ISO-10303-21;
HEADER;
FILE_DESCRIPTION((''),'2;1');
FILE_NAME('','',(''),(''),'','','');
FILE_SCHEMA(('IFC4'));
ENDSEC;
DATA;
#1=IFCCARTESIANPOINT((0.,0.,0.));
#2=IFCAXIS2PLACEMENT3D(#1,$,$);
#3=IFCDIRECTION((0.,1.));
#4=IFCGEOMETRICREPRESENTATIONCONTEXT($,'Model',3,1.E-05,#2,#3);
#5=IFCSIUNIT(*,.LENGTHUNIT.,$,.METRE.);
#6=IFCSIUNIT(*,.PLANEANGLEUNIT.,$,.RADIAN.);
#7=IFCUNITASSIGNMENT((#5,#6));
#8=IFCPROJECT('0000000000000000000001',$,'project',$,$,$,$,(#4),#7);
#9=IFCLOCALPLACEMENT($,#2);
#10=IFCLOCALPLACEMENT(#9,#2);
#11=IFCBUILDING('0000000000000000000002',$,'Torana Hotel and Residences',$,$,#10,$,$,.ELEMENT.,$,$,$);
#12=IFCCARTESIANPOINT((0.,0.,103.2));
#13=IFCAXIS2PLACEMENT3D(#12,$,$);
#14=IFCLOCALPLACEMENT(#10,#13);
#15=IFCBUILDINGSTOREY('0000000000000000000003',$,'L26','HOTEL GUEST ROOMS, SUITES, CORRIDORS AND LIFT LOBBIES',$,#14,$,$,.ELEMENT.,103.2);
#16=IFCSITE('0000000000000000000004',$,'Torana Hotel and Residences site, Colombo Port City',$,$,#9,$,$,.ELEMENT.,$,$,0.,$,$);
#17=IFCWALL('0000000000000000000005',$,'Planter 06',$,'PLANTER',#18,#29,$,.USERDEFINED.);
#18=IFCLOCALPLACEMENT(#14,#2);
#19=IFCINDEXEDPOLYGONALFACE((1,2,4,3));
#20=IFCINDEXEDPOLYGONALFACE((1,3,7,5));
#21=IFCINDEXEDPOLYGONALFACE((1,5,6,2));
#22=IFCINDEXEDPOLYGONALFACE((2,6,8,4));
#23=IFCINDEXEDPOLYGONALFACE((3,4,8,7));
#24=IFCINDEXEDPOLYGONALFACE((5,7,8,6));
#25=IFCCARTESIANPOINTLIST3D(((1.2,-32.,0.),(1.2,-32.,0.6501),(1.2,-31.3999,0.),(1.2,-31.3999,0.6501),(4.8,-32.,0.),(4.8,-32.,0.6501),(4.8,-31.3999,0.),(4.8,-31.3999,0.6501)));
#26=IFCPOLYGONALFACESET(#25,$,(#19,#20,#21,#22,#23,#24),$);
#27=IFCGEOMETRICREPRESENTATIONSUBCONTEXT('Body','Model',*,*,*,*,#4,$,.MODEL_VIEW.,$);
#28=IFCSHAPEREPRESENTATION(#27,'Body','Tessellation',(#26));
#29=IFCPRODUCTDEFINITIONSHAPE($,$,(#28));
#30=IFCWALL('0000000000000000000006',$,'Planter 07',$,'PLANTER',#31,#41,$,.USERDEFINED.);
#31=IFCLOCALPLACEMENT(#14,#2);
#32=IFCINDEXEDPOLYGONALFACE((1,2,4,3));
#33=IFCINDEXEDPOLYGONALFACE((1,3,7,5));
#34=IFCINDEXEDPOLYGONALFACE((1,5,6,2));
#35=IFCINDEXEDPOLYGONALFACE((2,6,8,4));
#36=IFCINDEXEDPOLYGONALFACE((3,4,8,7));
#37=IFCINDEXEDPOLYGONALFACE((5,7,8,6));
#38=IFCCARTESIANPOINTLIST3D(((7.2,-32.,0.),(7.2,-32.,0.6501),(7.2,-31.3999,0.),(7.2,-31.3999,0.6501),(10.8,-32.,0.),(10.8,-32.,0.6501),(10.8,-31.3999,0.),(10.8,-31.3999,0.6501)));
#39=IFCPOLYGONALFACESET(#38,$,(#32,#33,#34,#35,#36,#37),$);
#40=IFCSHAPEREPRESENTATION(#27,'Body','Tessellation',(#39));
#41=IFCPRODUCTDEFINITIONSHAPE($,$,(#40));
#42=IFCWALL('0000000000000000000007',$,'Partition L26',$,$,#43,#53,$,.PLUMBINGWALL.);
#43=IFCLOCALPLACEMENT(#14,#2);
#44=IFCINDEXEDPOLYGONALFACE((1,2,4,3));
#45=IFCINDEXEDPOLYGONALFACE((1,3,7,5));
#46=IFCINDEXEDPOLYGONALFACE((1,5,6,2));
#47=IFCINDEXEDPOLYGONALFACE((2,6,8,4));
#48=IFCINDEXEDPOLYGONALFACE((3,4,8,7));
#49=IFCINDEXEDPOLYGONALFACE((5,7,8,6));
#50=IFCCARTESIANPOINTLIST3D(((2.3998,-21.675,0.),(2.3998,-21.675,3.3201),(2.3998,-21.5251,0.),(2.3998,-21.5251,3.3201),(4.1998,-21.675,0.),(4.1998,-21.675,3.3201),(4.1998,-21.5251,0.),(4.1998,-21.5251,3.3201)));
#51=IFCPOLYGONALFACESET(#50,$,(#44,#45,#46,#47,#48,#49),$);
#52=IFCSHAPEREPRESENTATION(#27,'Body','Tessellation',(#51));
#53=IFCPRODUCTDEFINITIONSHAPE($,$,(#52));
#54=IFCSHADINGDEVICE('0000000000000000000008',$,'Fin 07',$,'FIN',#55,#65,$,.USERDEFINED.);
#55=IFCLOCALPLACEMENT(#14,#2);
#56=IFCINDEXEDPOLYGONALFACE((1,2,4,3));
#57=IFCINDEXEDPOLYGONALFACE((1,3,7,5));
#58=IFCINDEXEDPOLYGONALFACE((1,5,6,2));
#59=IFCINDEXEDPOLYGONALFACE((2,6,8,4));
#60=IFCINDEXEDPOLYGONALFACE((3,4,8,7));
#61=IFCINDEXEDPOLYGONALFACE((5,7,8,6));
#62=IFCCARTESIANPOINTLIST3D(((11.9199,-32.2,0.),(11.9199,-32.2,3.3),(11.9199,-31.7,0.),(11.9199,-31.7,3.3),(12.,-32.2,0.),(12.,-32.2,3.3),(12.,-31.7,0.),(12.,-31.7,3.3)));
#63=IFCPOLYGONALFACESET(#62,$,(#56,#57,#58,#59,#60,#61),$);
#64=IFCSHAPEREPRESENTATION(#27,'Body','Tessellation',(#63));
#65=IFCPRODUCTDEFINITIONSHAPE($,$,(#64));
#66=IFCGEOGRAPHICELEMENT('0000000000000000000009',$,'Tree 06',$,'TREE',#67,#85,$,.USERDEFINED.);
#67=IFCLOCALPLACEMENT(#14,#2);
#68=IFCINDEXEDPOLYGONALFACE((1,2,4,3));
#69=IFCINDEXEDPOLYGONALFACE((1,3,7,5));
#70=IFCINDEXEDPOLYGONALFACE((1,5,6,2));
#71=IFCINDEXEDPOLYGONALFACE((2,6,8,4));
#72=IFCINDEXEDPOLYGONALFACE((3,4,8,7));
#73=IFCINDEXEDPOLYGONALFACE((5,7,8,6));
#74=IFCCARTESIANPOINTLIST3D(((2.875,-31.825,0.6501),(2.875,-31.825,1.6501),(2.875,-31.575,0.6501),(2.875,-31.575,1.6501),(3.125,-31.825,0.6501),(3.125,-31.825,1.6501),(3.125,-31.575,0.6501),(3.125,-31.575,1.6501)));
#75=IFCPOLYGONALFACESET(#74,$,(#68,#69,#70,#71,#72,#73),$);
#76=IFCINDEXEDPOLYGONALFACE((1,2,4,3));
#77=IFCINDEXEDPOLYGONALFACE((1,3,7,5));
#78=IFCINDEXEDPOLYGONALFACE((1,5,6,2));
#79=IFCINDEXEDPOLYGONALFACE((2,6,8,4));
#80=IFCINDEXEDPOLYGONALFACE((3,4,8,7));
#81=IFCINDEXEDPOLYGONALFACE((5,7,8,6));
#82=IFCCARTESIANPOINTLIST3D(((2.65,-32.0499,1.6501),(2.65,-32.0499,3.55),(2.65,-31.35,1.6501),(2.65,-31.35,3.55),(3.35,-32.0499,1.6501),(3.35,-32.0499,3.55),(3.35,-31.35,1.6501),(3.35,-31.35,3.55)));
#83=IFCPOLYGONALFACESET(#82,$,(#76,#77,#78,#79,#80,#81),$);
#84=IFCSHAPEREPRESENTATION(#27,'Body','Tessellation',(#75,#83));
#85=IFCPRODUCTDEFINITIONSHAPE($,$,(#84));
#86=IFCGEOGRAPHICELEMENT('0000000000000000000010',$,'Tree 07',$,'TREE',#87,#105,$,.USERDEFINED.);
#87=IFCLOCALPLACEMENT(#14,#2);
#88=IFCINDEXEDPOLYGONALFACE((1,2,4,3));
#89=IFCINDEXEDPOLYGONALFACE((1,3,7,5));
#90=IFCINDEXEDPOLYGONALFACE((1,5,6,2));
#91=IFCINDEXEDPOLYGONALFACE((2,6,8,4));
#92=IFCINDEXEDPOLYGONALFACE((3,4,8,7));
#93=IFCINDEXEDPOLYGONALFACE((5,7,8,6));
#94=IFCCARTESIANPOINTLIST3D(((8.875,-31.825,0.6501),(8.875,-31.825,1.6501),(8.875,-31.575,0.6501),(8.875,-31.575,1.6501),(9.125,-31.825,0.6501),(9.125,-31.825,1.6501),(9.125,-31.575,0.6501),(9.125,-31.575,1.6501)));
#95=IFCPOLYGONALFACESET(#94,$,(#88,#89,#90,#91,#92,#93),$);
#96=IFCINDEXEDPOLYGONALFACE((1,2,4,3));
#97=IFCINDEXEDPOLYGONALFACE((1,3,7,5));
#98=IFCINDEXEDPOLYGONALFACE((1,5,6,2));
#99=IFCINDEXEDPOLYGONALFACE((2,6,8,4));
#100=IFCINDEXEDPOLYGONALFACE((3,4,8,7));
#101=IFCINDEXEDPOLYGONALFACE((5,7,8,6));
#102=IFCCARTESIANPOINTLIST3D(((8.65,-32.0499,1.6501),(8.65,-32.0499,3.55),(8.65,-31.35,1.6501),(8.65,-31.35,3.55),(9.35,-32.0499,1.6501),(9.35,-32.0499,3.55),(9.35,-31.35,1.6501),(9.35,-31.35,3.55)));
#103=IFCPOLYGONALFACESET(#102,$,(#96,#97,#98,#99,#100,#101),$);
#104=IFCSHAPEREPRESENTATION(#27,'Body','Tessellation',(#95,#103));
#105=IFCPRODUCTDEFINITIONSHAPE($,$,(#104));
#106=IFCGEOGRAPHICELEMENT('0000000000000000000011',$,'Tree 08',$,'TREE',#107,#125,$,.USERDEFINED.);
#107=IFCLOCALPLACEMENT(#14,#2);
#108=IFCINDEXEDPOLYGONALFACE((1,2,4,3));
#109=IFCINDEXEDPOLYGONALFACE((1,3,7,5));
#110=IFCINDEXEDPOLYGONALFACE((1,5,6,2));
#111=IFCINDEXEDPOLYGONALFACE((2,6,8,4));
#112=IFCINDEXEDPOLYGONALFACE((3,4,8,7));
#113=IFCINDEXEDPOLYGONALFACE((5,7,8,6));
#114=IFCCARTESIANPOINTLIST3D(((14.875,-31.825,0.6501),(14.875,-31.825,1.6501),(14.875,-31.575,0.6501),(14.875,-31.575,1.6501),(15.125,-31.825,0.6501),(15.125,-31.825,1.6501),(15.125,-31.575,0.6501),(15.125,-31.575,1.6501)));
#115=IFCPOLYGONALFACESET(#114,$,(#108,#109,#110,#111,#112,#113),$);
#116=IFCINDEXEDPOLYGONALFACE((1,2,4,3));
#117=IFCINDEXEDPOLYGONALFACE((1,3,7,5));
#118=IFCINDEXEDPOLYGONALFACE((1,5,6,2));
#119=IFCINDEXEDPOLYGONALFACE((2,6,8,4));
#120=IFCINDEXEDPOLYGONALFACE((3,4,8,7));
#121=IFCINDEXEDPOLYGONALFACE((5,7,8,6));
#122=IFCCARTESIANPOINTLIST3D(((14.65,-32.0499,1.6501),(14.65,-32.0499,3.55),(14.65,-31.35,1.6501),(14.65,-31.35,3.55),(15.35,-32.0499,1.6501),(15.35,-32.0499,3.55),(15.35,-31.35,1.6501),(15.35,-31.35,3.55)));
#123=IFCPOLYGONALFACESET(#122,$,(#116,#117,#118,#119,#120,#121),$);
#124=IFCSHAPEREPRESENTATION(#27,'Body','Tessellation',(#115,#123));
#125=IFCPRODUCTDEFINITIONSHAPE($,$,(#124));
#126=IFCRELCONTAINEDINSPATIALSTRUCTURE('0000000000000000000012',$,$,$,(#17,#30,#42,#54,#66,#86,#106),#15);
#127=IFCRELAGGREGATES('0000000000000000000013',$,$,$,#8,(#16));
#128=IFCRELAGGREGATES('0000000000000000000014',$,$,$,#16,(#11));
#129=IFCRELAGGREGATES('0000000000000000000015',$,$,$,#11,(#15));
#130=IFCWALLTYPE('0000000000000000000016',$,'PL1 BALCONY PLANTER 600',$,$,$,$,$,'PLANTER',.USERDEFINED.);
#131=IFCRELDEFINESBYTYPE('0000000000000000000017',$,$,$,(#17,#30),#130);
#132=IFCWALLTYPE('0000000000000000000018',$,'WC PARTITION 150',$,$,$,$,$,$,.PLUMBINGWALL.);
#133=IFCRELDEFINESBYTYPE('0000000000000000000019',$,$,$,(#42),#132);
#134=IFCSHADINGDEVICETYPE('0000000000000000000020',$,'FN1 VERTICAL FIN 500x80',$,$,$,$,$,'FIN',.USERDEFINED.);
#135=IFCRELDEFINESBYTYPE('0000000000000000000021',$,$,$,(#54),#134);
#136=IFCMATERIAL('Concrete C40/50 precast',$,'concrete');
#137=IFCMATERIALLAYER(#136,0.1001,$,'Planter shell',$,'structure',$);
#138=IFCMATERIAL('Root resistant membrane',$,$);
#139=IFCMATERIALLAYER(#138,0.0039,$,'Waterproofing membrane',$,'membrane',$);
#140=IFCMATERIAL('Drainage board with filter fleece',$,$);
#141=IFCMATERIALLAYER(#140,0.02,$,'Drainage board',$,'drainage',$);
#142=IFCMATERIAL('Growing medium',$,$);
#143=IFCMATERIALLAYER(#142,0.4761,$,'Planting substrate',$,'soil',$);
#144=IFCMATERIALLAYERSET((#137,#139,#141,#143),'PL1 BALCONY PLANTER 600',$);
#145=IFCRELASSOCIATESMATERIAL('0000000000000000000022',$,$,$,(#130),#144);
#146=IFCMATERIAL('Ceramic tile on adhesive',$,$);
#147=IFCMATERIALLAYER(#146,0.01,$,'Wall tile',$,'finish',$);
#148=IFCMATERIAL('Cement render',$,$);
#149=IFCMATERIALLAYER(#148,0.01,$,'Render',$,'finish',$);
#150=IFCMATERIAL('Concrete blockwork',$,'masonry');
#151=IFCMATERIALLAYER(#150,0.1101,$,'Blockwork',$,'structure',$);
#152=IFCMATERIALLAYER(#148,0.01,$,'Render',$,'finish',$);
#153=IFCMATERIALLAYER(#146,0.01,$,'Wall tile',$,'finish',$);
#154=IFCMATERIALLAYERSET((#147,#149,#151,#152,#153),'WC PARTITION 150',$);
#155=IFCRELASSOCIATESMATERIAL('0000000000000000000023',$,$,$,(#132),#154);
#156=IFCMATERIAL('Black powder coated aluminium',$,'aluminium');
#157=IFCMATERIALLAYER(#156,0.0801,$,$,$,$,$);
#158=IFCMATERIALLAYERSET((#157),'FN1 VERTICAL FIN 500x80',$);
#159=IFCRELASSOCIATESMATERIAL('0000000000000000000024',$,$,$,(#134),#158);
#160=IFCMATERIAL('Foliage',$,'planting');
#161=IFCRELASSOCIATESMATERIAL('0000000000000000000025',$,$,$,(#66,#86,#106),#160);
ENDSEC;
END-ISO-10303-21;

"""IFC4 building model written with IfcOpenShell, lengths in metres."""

from ifc_helpers import new_model, si_unit, direction, frame, frame_2d, origin, origin_2d, place, context, subcontext, project, spatial, rectangle, extrude, material, layer, layer_set, type_object, element, save


model = new_model("IFC4")

# Units and contexts
model_context = context("Model", 3, precision=1e-05, world=origin(), true_north=direction((0.0, 1.0)))
body_context = subcontext(model_context, "Body", "Model", "MODEL_VIEW")
ifc_project = project(units=[si_unit("LENGTHUNIT", "METRE"), si_unit("PLANEANGLEUNIT", "RADIAN")], contexts=[model_context])

# Site, building, storey
site_placement = place(None, origin())
site = spatial("IfcSite", under=ifc_project, at=site_placement, Name="Torana Hotel and Residences site, Colombo Port City", CompositionType="ELEMENT", RefElevation=0.0)
building_placement = place(site_placement, origin())
building = spatial("IfcBuilding", under=site, at=building_placement, Name="Torana Hotel and Residences", CompositionType="ELEMENT")
storey_placement = place(building_placement, frame((0.0, 0.0, 103.2)))
storey = spatial("IfcBuildingStorey", under=building, at=storey_placement, Name="L26", Description="HOTEL GUEST ROOMS, SUITES, CORRIDORS AND LIFT LOBBIES", CompositionType="ELEMENT", Elevation=103.2)

# Shared definitions
ifc_material_1 = material(Name="Concrete blockwork", Category="masonry")

# Walls
ifc_material_2 = material(Name="Concrete C40/50 precast", Category="concrete")
ifc_layer_1 = layer(ifc_material_2, 0.1001, Name="Planter shell", Category="structure")
ifc_material_3 = material(Name="Root resistant membrane")
ifc_layer_2 = layer(ifc_material_3, 0.0039, Name="Waterproofing membrane", Category="membrane")
ifc_material_4 = material(Name="Drainage board with filter fleece")
ifc_layer_3 = layer(ifc_material_4, 0.02, Name="Drainage board", Category="drainage")
ifc_material_5 = material(Name="Growing medium")
ifc_layer_4 = layer(ifc_material_5, 0.4761, Name="Planting substrate", Category="soil")
ifc_layer_set_1 = layer_set([ifc_layer_1, ifc_layer_2, ifc_layer_3, ifc_layer_4], Name="PL1 BALCONY PLANTER 600")
wall_type_1 = type_object("IfcWallType", Name="PL1 BALCONY PLANTER 600", ElementType="PLANTER", PredefinedType="USERDEFINED", material=ifc_layer_set_1)
for number, where, z_axis, x_axis, name in (
    (1, (4.8, -31.7, 0.0), (0.0, 0.0, 1.0), (-1.0, 0.0, 0.0), "Planter 06"),
    (2, (10.8, -31.7, 0.0), (0.0, 0.0, 1.0), (-1.0, 0.0, 0.0), "Planter 07"),
):
    element("IfcWall", number, at=place(storey_placement, frame(where, z_axis=z_axis, x_axis=x_axis)), inside=storey, type_object=wall_type_1, Name=name, ObjectType="PLANTER", PredefinedType="USERDEFINED", context=body_context, shape_type="SweptSolid", body=[
        extrude(rectangle(XDim=3.6001, YDim=0.6001, at=frame_2d((1.8, 0.0))), origin(), (0.0, 0.0, 1.0), 0.6501),
    ])
ifc_material_6 = material(Name="Ceramic tile on adhesive")
ifc_layer_5 = layer(ifc_material_6, 0.01, Name="Wall tile", Category="finish")
ifc_material_7 = material(Name="Cement render")
ifc_layer_6 = layer(ifc_material_7, 0.01, Name="Render", Category="finish")
ifc_layer_7 = layer(ifc_material_1, 0.1101, Name="Blockwork", Category="structure")
ifc_layer_8 = layer(ifc_material_7, 0.01, Name="Render", Category="finish")
ifc_layer_9 = layer(ifc_material_6, 0.01, Name="Wall tile", Category="finish")
ifc_layer_set_2 = layer_set([ifc_layer_5, ifc_layer_6, ifc_layer_7, ifc_layer_8, ifc_layer_9], Name="WC PARTITION 150")
wall_type_2 = type_object("IfcWallType", Name="WC PARTITION 150", PredefinedType="PLUMBINGWALL", material=ifc_layer_set_2)
wall_1_placement = place(storey_placement, frame((2.3999, -21.6001, 0.0), z_axis=(0.0, 0.0, 1.0), x_axis=(1.0, 0.0, 0.0)))
element("IfcWall", 3, at=wall_1_placement, inside=storey, type_object=wall_type_2, Name="Partition L26", PredefinedType="PLUMBINGWALL", context=body_context, shape_type="SweptSolid", body=[
    extrude(rectangle(XDim=1.8, YDim=0.1499, at=frame_2d((0.8999, 0.0))), origin(), (0.0, 0.0, 1.0), 3.3201),
])

# Shading device
ifc_material_8 = material(Name="Black powder coated aluminium", Category="aluminium")
ifc_layer_10 = layer(ifc_material_8, 0.0801)
ifc_layer_set_3 = layer_set([ifc_layer_10], Name="FN1 VERTICAL FIN 500x80")
shading_device_type = type_object("IfcShadingDeviceType", Name="FN1 VERTICAL FIN 500x80", ElementType="FIN", PredefinedType="USERDEFINED", material=ifc_layer_set_3)
shading_device_placement = place(storey_placement, frame((11.96, -31.95, 0.0), z_axis=(0.0, 0.0, 1.0), x_axis=(-1.0, 0.0, 0.0)))
element("IfcShadingDevice", 4, at=shading_device_placement, inside=storey, type_object=shading_device_type, Name="Fin 07", ObjectType="FIN", PredefinedType="USERDEFINED", context=body_context, shape_type="SweptSolid", body=[
    extrude(rectangle(XDim=0.0801, YDim=0.5, at=origin_2d()), origin(), (0.0, 0.0, 1.0), 3.3),
])

# Geographic elements
ifc_material_9 = material(Name="Foliage", Category="planting")
for number, where, z_axis, x_axis, name in (
    (5, (3.0, -31.7, 0.6501), (0.0, 0.0, 1.0), (1.0, 0.0, 0.0), "Tree 06"),
    (6, (9.0, -31.7, 0.6501), (0.0, 0.0, 1.0), (1.0, 0.0, 0.0), "Tree 07"),
    (7, (15.0, -31.7, 0.6501), (0.0, 0.0, 1.0), (1.0, 0.0, 0.0), "Tree 08"),
):
    element("IfcGeographicElement", number, at=place(storey_placement, frame(where, z_axis=z_axis, x_axis=x_axis)), inside=storey, material=ifc_material_9, Name=name, ObjectType="TREE", PredefinedType="USERDEFINED", context=body_context, shape_type="SweptSolid", body=[
        extrude(rectangle(XDim=0.25, YDim=0.25, at=origin_2d()), origin(), (0.0, 0.0, 1.0), 1.0),
        extrude(rectangle(XDim=0.7, YDim=0.7, at=origin_2d()), frame((0.0, 0.0, 1.0)), (0.0, 0.0, 1.0), 1.8999),
    ])

save(model, "model.ifc")
